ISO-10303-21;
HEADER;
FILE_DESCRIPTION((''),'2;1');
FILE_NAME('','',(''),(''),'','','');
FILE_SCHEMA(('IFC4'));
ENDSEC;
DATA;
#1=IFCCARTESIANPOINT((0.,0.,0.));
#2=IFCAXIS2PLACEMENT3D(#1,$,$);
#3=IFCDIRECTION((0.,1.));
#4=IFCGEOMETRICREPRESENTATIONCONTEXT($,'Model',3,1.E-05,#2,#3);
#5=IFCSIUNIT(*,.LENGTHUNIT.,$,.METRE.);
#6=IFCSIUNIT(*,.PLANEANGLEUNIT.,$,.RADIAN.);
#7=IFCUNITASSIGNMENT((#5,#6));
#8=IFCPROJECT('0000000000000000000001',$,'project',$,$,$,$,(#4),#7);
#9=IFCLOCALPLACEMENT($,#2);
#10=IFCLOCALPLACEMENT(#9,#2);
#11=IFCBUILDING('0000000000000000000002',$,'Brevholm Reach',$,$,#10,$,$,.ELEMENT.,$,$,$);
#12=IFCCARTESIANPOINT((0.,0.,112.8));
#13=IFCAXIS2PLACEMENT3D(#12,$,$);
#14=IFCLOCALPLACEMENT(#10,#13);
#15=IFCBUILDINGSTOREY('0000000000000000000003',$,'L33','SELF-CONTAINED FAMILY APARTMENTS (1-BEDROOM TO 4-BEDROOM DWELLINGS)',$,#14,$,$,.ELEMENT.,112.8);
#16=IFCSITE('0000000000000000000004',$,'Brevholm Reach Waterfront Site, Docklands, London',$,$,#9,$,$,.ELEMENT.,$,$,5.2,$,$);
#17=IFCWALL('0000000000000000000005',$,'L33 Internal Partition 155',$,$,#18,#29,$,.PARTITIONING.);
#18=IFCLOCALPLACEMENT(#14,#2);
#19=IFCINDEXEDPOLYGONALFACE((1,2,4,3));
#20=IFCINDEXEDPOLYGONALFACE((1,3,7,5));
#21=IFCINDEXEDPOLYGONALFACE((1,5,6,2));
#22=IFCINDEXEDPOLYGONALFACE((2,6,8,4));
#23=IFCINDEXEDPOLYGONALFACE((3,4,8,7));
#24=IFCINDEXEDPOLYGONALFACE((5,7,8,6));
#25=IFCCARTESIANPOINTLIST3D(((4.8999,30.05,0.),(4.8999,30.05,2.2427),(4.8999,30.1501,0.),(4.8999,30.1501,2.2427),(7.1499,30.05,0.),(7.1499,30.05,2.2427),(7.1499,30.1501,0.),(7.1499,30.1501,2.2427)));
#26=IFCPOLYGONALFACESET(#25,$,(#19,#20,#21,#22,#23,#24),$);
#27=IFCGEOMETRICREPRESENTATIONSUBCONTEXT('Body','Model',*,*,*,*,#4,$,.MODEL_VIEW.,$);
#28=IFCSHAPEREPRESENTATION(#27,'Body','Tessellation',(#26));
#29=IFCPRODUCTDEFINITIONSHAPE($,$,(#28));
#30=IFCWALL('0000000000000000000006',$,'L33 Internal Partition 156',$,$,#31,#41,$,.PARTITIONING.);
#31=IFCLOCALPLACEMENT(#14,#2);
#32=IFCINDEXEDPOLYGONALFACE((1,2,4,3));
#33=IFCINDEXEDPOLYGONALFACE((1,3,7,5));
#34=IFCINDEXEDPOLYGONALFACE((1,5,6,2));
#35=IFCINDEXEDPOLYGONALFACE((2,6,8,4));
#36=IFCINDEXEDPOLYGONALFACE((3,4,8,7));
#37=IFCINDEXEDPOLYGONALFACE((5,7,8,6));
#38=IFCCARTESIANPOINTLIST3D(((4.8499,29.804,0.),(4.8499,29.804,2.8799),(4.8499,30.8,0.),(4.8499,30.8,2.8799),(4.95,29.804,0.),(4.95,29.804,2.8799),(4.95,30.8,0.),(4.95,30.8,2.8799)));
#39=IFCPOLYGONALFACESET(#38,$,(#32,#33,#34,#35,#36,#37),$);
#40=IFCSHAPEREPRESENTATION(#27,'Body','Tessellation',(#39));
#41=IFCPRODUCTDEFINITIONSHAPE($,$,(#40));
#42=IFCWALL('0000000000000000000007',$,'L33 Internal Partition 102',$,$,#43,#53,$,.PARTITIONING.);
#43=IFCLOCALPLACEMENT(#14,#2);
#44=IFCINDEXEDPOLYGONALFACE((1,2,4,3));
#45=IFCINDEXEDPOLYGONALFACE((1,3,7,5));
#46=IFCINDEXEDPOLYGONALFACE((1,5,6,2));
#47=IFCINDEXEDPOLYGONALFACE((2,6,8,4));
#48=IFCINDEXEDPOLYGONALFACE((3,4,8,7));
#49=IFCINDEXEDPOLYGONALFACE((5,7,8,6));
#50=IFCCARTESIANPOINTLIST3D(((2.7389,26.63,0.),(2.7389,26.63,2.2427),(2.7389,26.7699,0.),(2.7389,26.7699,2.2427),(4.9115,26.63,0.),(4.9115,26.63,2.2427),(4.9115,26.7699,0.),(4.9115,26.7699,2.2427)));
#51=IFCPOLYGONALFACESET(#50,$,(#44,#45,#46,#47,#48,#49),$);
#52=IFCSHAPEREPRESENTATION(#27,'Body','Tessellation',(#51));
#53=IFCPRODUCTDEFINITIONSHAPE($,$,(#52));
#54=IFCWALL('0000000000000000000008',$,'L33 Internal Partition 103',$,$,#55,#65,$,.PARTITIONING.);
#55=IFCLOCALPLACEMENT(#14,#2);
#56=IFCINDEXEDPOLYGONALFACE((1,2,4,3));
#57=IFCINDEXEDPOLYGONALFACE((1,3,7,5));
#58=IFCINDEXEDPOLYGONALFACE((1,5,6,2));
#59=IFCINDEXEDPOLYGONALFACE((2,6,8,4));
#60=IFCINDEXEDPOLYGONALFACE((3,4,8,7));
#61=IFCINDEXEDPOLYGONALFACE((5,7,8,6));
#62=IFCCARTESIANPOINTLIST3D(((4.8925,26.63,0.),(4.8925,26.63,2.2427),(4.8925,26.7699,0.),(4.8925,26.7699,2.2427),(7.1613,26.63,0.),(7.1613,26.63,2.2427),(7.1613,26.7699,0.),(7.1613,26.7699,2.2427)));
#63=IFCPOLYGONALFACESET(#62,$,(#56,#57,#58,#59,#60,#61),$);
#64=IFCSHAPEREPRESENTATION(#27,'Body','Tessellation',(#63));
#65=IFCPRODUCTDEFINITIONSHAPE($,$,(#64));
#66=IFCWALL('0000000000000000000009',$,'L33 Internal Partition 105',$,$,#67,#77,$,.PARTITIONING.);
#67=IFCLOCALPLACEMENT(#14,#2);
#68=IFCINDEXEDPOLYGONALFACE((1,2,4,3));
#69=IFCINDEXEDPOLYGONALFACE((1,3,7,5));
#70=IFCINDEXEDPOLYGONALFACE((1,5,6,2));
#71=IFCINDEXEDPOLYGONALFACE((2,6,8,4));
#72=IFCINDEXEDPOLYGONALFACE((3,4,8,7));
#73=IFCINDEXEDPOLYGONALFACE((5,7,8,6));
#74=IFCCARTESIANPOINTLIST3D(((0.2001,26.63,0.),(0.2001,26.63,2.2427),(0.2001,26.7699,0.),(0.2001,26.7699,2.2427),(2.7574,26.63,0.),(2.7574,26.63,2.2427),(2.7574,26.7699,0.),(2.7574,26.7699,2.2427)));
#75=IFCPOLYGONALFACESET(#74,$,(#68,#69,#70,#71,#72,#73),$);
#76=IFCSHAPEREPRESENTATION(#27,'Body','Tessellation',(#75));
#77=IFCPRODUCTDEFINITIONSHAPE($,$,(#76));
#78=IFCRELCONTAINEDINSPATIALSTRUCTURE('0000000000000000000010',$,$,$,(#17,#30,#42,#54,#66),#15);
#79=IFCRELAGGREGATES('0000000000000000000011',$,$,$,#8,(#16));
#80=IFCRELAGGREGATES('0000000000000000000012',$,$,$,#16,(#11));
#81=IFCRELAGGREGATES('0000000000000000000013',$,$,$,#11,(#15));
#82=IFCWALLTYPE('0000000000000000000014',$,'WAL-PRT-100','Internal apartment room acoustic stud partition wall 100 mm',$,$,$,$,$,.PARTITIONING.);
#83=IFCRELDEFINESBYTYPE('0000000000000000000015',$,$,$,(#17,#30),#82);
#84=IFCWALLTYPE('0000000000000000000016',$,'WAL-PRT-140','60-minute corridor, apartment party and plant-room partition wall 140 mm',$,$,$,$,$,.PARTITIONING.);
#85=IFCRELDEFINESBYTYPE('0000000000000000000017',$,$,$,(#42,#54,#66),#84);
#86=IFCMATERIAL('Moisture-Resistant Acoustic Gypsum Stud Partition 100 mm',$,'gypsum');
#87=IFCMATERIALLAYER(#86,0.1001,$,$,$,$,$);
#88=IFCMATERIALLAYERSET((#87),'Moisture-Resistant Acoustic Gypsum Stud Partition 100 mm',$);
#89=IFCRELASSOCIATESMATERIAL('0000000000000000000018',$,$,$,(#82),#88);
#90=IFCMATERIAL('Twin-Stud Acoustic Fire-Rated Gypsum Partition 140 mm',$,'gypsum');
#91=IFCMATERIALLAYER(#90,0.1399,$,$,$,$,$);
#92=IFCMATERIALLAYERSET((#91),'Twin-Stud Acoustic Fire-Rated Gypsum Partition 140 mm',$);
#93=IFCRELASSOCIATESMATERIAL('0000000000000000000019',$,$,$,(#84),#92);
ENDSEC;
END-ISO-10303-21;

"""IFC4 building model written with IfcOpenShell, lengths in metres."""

from ifc_helpers import new_model, si_unit, direction, frame, frame_2d, origin, place, context, subcontext, project, spatial, rectangle, extrude, material, layer, layer_set, type_object, element, save


model = new_model("IFC4")

# Units and contexts
model_context = context("Model", 3, precision=1e-05, world=origin(), true_north=direction((0.0, 1.0)))
body_context = subcontext(model_context, "Body", "Model", "MODEL_VIEW")
ifc_project = project(units=[si_unit("LENGTHUNIT", "METRE"), si_unit("PLANEANGLEUNIT", "RADIAN")], contexts=[model_context])

# Site, building, storey
site_placement = place(None, origin())
site = spatial("IfcSite", under=ifc_project, at=site_placement, Name="Brevholm Reach Waterfront Site, Docklands, London", CompositionType="ELEMENT", RefElevation=5.2)
building_placement = place(site_placement, origin())
building = spatial("IfcBuilding", under=site, at=building_placement, Name="Brevholm Reach", CompositionType="ELEMENT")
storey_placement = place(building_placement, frame((0.0, 0.0, 112.8)))
storey = spatial("IfcBuildingStorey", under=building, at=storey_placement, Name="L33", Description="SELF-CONTAINED FAMILY APARTMENTS (1-BEDROOM TO 4-BEDROOM DWELLINGS)", CompositionType="ELEMENT", Elevation=112.8)

# Shared definitions
ifc_material_1 = material(Name="Moisture-Resistant Acoustic Gypsum Stud Partition 100 mm", Category="gypsum")
ifc_layer_1 = layer(ifc_material_1, 0.1001)
ifc_layer_set_1 = layer_set([ifc_layer_1], Name="Moisture-Resistant Acoustic Gypsum Stud Partition 100 mm")
wall_type_1 = type_object("IfcWallType", Name="WAL-PRT-100", Description="Internal apartment room acoustic stud partition wall 100 mm", PredefinedType="PARTITIONING", material=ifc_layer_set_1)

# Walls
wall_1_placement = place(storey_placement, frame((4.8999, 30.1001, 0.0), z_axis=(0.0, 0.0, 1.0), x_axis=(1.0, 0.0, 0.0)))
element("IfcWall", 1, at=wall_1_placement, inside=storey, type_object=wall_type_1, Name="L33 Internal Partition 155", PredefinedType="PARTITIONING", context=body_context, shape_type="SweptSolid", body=[
    extrude(rectangle(XDim=2.25, YDim=0.1001, at=frame_2d((1.125, 0.0))), origin(), (0.0, 0.0, 1.0), 2.2427),
])
wall_2_placement = place(storey_placement, frame((4.8999, 29.804, 0.0), z_axis=(0.0, 0.0, 1.0), x_axis=(0.0, 1.0, 0.0)))
element("IfcWall", 2, at=wall_2_placement, inside=storey, type_object=wall_type_1, Name="L33 Internal Partition 156", PredefinedType="PARTITIONING", context=body_context, shape_type="SweptSolid", body=[
    extrude(rectangle(XDim=0.9961, YDim=0.1001, at=frame_2d((0.498, 0.0))), origin(), (0.0, 0.0, 1.0), 2.8799),
])
ifc_material_2 = material(Name="Twin-Stud Acoustic Fire-Rated Gypsum Partition 140 mm", Category="gypsum")
ifc_layer_2 = layer(ifc_material_2, 0.1399)
ifc_layer_set_2 = layer_set([ifc_layer_2], Name="Twin-Stud Acoustic Fire-Rated Gypsum Partition 140 mm")
wall_type_2 = type_object("IfcWallType", Name="WAL-PRT-140", Description="60-minute corridor, apartment party and plant-room partition wall 140 mm", PredefinedType="PARTITIONING", material=ifc_layer_set_2)
wall_3_placement = place(storey_placement, frame((2.7388, 26.7, 0.0), z_axis=(0.0, 0.0, 1.0), x_axis=(1.0, 0.0, 0.0)))
element("IfcWall", 3, at=wall_3_placement, inside=storey, type_object=wall_type_2, Name="L33 Internal Partition 102", PredefinedType="PARTITIONING", context=body_context, shape_type="SweptSolid", body=[
    extrude(rectangle(XDim=2.1726, YDim=0.1399, at=frame_2d((1.0864, 0.0))), origin(), (0.0, 0.0, 1.0), 2.2427),
])
wall_4_placement = place(storey_placement, frame((4.8926, 26.7, 0.0), z_axis=(0.0, 0.0, 1.0), x_axis=(1.0, 0.0, 0.0)))
element("IfcWall", 4, at=wall_4_placement, inside=storey, type_object=wall_type_2, Name="L33 Internal Partition 103", PredefinedType="PARTITIONING", context=body_context, shape_type="SweptSolid", body=[
    extrude(rectangle(XDim=2.2688, YDim=0.1399, at=frame_2d((1.1343, 0.0))), origin(), (0.0, 0.0, 1.0), 2.2427),
])
wall_5_placement = place(storey_placement, frame((0.2, 26.7, 0.0), z_axis=(0.0, 0.0, 1.0), x_axis=(1.0, 0.0, 0.0)))
element("IfcWall", 5, at=wall_5_placement, inside=storey, type_object=wall_type_2, Name="L33 Internal Partition 105", PredefinedType="PARTITIONING", context=body_context, shape_type="SweptSolid", body=[
    extrude(rectangle(XDim=2.5574, YDim=0.1399, at=frame_2d((1.2788, 0.0))), origin(), (0.0, 0.0, 1.0), 2.2427),
])

save(model, "model.ifc")
